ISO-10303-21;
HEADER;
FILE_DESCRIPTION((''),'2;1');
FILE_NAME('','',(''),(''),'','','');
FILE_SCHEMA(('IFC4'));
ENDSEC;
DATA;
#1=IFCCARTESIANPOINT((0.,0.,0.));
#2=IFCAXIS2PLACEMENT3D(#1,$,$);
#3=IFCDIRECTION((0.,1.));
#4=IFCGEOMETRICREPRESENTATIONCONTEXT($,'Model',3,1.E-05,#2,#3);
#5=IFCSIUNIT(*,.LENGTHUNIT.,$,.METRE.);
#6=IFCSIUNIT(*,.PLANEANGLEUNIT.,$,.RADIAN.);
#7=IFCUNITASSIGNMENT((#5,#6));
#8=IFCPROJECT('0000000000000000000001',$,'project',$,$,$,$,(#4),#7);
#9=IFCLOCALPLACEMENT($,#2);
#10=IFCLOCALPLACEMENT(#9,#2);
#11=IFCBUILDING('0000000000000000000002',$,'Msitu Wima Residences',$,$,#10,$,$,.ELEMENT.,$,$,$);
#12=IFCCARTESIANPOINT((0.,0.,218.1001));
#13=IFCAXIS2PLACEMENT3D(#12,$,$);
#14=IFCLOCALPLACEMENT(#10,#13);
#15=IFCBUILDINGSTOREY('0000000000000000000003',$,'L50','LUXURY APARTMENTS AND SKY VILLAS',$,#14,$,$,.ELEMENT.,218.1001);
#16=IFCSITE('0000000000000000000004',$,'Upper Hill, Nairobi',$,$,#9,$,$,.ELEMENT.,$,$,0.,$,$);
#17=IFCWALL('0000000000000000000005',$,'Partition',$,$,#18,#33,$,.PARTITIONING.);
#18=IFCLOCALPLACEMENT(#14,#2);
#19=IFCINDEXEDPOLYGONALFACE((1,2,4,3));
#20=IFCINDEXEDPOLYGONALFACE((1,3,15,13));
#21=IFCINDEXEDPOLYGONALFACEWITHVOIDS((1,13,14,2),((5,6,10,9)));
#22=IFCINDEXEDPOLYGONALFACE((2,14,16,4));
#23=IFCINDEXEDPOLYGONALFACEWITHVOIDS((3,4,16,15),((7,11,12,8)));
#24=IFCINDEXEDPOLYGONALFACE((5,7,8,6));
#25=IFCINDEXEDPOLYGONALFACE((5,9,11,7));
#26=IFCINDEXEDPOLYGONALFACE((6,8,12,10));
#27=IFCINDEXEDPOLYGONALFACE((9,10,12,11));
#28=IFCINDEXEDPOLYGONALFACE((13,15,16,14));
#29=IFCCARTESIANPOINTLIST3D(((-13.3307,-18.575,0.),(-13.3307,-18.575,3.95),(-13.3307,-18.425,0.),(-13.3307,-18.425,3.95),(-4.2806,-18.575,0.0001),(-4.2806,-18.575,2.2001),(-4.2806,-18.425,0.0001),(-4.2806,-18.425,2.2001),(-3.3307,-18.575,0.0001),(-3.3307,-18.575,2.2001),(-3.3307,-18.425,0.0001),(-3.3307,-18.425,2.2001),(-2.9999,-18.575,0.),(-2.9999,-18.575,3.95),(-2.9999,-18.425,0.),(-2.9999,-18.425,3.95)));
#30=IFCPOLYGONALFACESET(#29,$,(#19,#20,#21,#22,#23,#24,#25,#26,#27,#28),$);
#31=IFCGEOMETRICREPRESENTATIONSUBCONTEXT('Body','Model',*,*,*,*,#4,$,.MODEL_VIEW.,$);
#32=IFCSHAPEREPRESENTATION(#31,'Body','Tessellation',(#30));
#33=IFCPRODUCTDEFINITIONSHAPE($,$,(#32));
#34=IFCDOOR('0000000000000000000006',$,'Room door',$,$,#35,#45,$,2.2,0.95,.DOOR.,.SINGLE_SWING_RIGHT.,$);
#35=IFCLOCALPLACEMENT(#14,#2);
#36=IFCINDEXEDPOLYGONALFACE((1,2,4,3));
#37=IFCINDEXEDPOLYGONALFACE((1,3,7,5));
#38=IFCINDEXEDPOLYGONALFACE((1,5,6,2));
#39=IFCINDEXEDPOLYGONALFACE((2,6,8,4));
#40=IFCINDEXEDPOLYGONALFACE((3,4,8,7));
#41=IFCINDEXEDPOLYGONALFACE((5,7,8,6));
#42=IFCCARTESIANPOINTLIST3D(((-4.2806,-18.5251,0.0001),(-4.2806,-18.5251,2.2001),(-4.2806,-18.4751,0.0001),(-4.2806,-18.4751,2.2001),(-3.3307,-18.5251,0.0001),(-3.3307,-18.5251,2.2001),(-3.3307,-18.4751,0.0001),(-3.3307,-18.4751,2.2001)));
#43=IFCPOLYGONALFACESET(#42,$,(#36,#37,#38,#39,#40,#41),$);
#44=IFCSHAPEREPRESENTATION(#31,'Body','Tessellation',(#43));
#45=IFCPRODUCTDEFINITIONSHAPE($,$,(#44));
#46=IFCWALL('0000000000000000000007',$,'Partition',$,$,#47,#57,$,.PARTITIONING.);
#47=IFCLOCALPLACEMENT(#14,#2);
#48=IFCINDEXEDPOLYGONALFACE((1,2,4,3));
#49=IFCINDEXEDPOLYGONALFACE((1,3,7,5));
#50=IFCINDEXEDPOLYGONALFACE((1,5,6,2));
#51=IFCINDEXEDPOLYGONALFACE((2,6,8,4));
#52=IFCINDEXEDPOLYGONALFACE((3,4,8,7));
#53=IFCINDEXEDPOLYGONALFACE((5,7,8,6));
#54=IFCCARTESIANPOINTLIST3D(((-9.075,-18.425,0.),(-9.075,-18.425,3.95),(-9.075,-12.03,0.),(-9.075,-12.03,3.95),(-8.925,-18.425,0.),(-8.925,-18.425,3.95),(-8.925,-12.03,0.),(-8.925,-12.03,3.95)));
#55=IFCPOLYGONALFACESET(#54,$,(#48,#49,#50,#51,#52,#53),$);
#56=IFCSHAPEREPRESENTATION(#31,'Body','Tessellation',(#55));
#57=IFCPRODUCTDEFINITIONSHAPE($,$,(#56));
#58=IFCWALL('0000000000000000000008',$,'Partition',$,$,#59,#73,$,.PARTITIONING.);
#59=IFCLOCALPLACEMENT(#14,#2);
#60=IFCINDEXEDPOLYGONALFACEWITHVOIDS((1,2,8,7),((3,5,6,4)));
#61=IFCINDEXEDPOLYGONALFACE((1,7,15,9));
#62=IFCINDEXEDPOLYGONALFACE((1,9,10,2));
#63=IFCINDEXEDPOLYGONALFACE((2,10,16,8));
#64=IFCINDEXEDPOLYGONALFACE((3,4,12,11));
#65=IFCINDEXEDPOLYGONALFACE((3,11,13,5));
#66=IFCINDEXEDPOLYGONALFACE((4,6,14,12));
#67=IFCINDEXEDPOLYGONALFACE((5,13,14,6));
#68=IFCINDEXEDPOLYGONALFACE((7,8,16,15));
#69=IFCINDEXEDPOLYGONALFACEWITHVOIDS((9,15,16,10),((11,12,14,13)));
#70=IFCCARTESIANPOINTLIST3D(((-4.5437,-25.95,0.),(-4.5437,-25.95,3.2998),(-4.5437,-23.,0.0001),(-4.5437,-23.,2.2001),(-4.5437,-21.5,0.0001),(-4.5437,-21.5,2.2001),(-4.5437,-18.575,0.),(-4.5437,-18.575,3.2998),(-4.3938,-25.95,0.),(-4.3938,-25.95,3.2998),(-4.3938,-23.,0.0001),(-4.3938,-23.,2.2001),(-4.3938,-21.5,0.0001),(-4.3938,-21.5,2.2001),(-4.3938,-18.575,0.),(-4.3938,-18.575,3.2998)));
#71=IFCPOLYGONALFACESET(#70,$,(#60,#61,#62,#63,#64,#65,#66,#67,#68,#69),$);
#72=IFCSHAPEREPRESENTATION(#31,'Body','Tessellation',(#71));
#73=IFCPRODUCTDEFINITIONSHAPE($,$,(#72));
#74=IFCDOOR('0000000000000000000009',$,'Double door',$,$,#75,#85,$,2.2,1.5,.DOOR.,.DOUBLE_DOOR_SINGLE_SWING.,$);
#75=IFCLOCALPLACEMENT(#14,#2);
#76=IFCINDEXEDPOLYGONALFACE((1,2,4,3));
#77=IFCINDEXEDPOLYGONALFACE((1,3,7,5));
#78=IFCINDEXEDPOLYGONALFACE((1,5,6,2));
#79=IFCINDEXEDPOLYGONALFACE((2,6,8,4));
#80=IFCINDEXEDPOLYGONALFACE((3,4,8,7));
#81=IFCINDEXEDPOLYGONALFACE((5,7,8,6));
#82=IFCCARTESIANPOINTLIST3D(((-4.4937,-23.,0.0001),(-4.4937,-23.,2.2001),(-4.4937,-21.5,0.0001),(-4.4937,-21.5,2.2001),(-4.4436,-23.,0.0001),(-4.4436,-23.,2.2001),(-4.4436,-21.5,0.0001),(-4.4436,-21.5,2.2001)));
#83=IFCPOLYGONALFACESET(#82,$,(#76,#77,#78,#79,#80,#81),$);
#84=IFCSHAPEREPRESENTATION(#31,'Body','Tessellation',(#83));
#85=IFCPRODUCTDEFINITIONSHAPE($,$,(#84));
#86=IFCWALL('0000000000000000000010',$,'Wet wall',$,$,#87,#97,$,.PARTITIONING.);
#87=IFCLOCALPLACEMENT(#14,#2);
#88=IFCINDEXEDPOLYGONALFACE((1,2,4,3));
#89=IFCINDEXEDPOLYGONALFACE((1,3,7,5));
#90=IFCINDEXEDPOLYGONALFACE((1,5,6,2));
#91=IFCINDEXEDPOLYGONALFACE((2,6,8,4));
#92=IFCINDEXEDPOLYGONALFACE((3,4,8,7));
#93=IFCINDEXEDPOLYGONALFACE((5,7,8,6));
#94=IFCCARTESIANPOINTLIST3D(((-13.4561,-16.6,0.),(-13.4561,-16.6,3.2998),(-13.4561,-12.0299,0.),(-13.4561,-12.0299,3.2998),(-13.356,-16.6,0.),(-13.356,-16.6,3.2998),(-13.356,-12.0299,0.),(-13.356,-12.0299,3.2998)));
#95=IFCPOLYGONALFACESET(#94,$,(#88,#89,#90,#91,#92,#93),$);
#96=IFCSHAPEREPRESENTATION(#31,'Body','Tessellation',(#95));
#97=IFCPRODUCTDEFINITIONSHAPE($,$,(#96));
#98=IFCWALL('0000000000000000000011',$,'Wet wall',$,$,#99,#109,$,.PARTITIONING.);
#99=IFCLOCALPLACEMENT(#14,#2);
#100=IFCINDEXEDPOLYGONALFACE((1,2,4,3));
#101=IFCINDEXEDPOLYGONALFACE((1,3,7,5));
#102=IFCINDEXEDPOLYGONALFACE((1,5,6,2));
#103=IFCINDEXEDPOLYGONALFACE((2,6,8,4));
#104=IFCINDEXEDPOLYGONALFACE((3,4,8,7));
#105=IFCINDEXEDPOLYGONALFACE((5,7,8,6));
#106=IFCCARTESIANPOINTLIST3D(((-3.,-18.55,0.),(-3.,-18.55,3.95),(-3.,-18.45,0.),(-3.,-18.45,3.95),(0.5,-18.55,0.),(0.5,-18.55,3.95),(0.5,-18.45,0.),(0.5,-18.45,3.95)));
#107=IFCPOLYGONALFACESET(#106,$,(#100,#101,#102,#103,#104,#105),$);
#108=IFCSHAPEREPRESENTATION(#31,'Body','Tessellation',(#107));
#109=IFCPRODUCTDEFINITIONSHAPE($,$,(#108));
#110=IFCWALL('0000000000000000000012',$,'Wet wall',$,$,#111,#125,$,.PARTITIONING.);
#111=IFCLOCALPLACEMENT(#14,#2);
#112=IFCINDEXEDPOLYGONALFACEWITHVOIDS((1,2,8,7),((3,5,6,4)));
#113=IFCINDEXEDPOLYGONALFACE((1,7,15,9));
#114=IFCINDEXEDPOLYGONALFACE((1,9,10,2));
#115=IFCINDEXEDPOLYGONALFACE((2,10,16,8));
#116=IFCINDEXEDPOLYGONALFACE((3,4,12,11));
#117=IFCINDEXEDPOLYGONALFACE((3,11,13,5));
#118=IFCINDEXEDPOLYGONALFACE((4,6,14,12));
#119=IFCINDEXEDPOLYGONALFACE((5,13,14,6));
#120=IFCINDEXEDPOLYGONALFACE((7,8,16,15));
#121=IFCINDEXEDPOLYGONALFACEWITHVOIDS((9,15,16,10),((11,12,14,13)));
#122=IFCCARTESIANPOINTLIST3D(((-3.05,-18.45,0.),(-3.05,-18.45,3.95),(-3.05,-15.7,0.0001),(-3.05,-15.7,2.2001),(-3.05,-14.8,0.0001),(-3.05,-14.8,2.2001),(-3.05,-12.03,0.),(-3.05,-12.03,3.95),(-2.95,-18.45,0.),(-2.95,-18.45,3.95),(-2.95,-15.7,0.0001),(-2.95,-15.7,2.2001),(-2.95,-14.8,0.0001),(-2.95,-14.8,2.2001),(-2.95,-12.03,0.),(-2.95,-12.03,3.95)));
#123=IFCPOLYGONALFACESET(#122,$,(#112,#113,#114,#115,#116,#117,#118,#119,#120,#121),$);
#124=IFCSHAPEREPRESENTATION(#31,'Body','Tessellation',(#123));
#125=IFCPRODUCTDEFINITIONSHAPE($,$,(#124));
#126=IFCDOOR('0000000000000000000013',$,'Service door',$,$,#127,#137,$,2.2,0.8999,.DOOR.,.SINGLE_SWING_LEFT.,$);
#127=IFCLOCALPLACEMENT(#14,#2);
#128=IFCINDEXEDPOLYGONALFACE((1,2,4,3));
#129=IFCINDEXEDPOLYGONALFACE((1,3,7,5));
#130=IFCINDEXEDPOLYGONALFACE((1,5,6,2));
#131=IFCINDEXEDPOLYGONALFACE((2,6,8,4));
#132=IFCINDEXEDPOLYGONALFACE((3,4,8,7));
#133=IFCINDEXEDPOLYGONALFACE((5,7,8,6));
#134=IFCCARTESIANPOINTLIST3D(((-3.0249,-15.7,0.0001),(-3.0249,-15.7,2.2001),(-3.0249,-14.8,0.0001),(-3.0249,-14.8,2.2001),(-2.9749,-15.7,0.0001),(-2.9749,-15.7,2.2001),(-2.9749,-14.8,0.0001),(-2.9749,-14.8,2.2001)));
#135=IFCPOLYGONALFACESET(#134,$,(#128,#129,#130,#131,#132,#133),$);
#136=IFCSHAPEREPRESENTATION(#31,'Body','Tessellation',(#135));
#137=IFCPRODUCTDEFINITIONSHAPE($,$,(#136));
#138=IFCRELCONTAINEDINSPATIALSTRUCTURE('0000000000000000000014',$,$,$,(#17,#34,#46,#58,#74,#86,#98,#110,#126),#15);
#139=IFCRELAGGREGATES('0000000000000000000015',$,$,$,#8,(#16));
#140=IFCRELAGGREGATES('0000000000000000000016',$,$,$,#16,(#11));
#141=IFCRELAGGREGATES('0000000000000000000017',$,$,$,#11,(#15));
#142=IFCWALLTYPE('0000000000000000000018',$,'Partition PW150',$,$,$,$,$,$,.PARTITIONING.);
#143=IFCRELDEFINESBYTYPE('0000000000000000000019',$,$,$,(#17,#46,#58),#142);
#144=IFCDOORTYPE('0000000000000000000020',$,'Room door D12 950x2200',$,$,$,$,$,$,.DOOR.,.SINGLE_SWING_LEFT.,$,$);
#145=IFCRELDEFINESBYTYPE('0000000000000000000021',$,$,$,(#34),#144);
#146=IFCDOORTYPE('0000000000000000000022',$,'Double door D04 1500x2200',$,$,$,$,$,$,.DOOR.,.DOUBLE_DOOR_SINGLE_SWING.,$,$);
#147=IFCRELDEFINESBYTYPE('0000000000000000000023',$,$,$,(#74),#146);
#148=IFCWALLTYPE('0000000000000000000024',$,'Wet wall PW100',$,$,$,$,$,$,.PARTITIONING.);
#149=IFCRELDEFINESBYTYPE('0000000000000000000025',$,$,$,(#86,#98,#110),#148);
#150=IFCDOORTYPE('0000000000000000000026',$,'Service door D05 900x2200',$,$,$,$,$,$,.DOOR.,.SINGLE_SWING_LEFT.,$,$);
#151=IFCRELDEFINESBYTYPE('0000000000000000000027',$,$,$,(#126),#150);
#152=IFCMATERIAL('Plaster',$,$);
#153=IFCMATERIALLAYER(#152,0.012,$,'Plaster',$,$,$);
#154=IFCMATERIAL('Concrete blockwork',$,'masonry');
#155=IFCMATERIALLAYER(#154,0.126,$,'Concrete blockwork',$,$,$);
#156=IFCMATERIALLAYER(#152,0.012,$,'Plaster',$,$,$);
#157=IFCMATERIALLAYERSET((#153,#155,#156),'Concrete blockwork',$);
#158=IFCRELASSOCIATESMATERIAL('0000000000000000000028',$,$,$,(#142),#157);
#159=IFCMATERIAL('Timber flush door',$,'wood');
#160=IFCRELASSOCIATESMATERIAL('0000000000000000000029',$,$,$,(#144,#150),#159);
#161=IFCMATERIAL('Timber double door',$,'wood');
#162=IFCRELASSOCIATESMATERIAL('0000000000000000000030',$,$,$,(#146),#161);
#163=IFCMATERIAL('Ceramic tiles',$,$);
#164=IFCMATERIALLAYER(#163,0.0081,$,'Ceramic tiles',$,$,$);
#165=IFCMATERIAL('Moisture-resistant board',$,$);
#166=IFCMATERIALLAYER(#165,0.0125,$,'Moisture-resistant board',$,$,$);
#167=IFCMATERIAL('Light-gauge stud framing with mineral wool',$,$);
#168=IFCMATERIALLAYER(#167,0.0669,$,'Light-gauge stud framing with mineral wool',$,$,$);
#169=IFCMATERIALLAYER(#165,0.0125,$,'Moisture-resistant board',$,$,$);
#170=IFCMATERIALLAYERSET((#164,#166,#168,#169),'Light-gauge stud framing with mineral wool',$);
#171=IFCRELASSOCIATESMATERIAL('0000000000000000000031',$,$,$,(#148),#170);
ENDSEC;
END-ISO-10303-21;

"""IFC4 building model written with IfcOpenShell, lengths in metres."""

from ifc_helpers import new_model, si_unit, direction, frame, frame_2d, origin, place, context, subcontext, project, spatial, rectangle, extrude, material, layer, layer_set, type_object, element, fill, save


model = new_model("IFC4")

# Units and contexts
model_context = context("Model", 3, precision=1e-05, world=origin(), true_north=direction((0.0, 1.0)))
body_context = subcontext(model_context, "Body", "Model", "MODEL_VIEW")
ifc_project = project(units=[si_unit("LENGTHUNIT", "METRE"), si_unit("PLANEANGLEUNIT", "RADIAN")], contexts=[model_context])

# Site, building, storey
site_placement = place(None, origin())
site = spatial("IfcSite", under=ifc_project, at=site_placement, Name="Upper Hill, Nairobi", CompositionType="ELEMENT", RefElevation=0.0)
building_placement = place(site_placement, origin())
building = spatial("IfcBuilding", under=site, at=building_placement, Name="Msitu Wima Residences", CompositionType="ELEMENT")
storey_placement = place(building_placement, frame((0.0, 0.0, 218.1001)))
storey = spatial("IfcBuildingStorey", under=building, at=storey_placement, Name="L50", Description="LUXURY APARTMENTS AND SKY VILLAS", CompositionType="ELEMENT", Elevation=218.1001)

# Shared definitions
ifc_material_1 = material(Name="Plaster")
ifc_layer_1 = layer(ifc_material_1, 0.012, Name="Plaster")
ifc_material_2 = material(Name="Concrete blockwork", Category="masonry")
ifc_layer_2 = layer(ifc_material_2, 0.126, Name="Concrete blockwork")
ifc_layer_3 = layer(ifc_material_1, 0.012, Name="Plaster")
ifc_layer_set_1 = layer_set([ifc_layer_1, ifc_layer_2, ifc_layer_3], Name="Concrete blockwork")
wall_type_1 = type_object("IfcWallType", Name="Partition PW150", PredefinedType="PARTITIONING", material=ifc_layer_set_1)
ifc_material_3 = material(Name="Timber flush door", Category="wood")
door_type_1 = type_object("IfcDoorType", Name="Room door D12 950x2200", OperationType="SINGLE_SWING_LEFT", PredefinedType="DOOR", material=ifc_material_3)

# Wall, opening, door
wall_1_placement = place(storey_placement, frame((-13.3308, -18.5, 0.0), z_axis=(0.0, 0.0, 1.0), x_axis=(1.0, 0.0, 0.0)))
wall_1 = element("IfcWall", 1, at=wall_1_placement, inside=storey, type_object=wall_type_1, Name="Partition", PredefinedType="PARTITIONING", context=body_context, shape_type="SweptSolid", body=[
    extrude(rectangle(XDim=10.3308, YDim=0.1499, at=frame_2d((5.1655, 0.0))), origin(), (0.0, 0.0, 1.0), 3.95),
])
opening_1_placement = place(wall_1_placement, frame((9.05, 0.0, 0.0)))
opening_1 = element("IfcOpeningElement", 2, at=opening_1_placement, cuts=wall_1, PredefinedType="OPENING", context=body_context, shape_type="SweptSolid", body=[
    extrude(rectangle(XDim=0.95, YDim=2.2, at=frame_2d((0.4751, 1.1001))), frame((0.0, 0.085, 0.0), z_axis=(0.0, -1.0, 0.0), x_axis=(1.0, 0.0, 0.0)), (0.0, 0.0, 1.0), 0.1699),
])
door_1_placement = place(opening_1_placement, origin())
door_1 = element("IfcDoor", 3, at=door_1_placement, inside=storey, type_object=door_type_1, Name="Room door", OperationType="SINGLE_SWING_RIGHT", OverallHeight=2.2, OverallWidth=0.95, PredefinedType="DOOR", context=body_context, shape_type="SweptSolid", body=[
    extrude(rectangle(XDim=0.95, YDim=2.2, at=frame_2d((0.4751, 1.1001))), frame((0.0, 0.0249, 0.0), z_axis=(0.0, -1.0, 0.0), x_axis=(1.0, 0.0, 0.0)), (0.0, 0.0, 1.0), 0.05),
])
fill(opening_1, door_1)

# Wall
wall_2_placement = place(storey_placement, frame((-9.0, -18.425, 0.0), z_axis=(0.0, 0.0, 1.0), x_axis=(0.0, 1.0, 0.0)))
element("IfcWall", 4, at=wall_2_placement, inside=storey, type_object=wall_type_1, Name="Partition", PredefinedType="PARTITIONING", context=body_context, shape_type="SweptSolid", body=[
    extrude(rectangle(XDim=6.395, YDim=0.1499, at=frame_2d((3.1975, 0.0))), origin(), (0.0, 0.0, 1.0), 3.95),
])

# Wall, opening, door
wall_3_placement = place(storey_placement, frame((-4.4688, -25.95, 0.0), z_axis=(0.0, 0.0, 1.0), x_axis=(0.0, 1.0, 0.0)))
wall_3 = element("IfcWall", 5, at=wall_3_placement, inside=storey, type_object=wall_type_1, Name="Partition", PredefinedType="PARTITIONING", context=body_context, shape_type="SweptSolid", body=[
    extrude(rectangle(XDim=7.375, YDim=0.1499, at=frame_2d((3.6875, 0.0))), origin(), (0.0, 0.0, 1.0), 3.2998),
])
opening_2_placement = place(wall_3_placement, frame((2.95, 0.0, 0.0)))
opening_2 = element("IfcOpeningElement", 6, at=opening_2_placement, cuts=wall_3, PredefinedType="OPENING", context=body_context, shape_type="SweptSolid", body=[
    extrude(rectangle(XDim=1.5, YDim=2.2, at=frame_2d((0.75, 1.1001))), frame((0.0, 0.085, 0.0), z_axis=(0.0, -1.0, 0.0), x_axis=(1.0, 0.0, 0.0)), (0.0, 0.0, 1.0), 0.1699),
])
ifc_material_4 = material(Name="Timber double door", Category="wood")
door_type_2 = type_object("IfcDoorType", Name="Double door D04 1500x2200", OperationType="DOUBLE_DOOR_SINGLE_SWING", PredefinedType="DOOR", material=ifc_material_4)
door_2_placement = place(opening_2_placement, origin())
door_2 = element("IfcDoor", 7, at=door_2_placement, inside=storey, type_object=door_type_2, Name="Double door", OperationType="DOUBLE_DOOR_SINGLE_SWING", OverallHeight=2.2, OverallWidth=1.5, PredefinedType="DOOR", context=body_context, shape_type="SweptSolid", body=[
    extrude(rectangle(XDim=1.5, YDim=2.2, at=frame_2d((0.75, 1.1001))), frame((0.0, 0.0249, 0.0), z_axis=(0.0, -1.0, 0.0), x_axis=(1.0, 0.0, 0.0)), (0.0, 0.0, 1.0), 0.05),
])
fill(opening_2, door_2)

# Walls
ifc_material_5 = material(Name="Ceramic tiles")
ifc_layer_4 = layer(ifc_material_5, 0.0081, Name="Ceramic tiles")
ifc_material_6 = material(Name="Moisture-resistant board")
ifc_layer_5 = layer(ifc_material_6, 0.0125, Name="Moisture-resistant board")
ifc_material_7 = material(Name="Light-gauge stud framing with mineral wool")
ifc_layer_6 = layer(ifc_material_7, 0.0669, Name="Light-gauge stud framing with mineral wool")
ifc_layer_7 = layer(ifc_material_6, 0.0125, Name="Moisture-resistant board")
ifc_layer_set_2 = layer_set([ifc_layer_4, ifc_layer_5, ifc_layer_6, ifc_layer_7], Name="Light-gauge stud framing with mineral wool")
wall_type_2 = type_object("IfcWallType", Name="Wet wall PW100", PredefinedType="PARTITIONING", material=ifc_layer_set_2)
wall_4_placement = place(storey_placement, frame((-13.406, -16.6001, 0.0), z_axis=(0.0, 0.0, 1.0), x_axis=(0.0, 1.0, 0.0)))
element("IfcWall", 8, at=wall_4_placement, inside=storey, type_object=wall_type_2, Name="Wet wall", PredefinedType="PARTITIONING", context=body_context, shape_type="SweptSolid", body=[
    extrude(rectangle(XDim=4.5701, YDim=0.1001, at=frame_2d((2.2852, 0.0))), origin(), (0.0, 0.0, 1.0), 3.2998),
])
wall_5_placement = place(storey_placement, frame((-3.0, -18.5, 0.0), z_axis=(0.0, 0.0, 1.0), x_axis=(1.0, 0.0, 0.0)))
element("IfcWall", 9, at=wall_5_placement, inside=storey, type_object=wall_type_2, Name="Wet wall", PredefinedType="PARTITIONING", context=body_context, shape_type="SweptSolid", body=[
    extrude(rectangle(XDim=3.5, YDim=0.1001, at=frame_2d((1.75, 0.0))), origin(), (0.0, 0.0, 1.0), 3.95),
])

# Wall, opening, door
wall_6_placement = place(storey_placement, frame((-3.0, -18.45, 0.0), z_axis=(0.0, 0.0, 1.0), x_axis=(0.0, 1.0, 0.0)))
wall_6 = element("IfcWall", 10, at=wall_6_placement, inside=storey, type_object=wall_type_2, Name="Wet wall", PredefinedType="PARTITIONING", context=body_context, shape_type="SweptSolid", body=[
    extrude(rectangle(XDim=6.4199, YDim=0.1001, at=frame_2d((3.21, 0.0))), origin(), (0.0, 0.0, 1.0), 3.95),
])
opening_3_placement = place(wall_6_placement, frame((2.75, 0.0, 0.0)))
opening_3 = element("IfcOpeningElement", 11, at=opening_3_placement, cuts=wall_6, PredefinedType="OPENING", context=body_context, shape_type="SweptSolid", body=[
    extrude(rectangle(XDim=0.8999, YDim=2.2, at=frame_2d((0.45, 1.1001))), frame((0.0, 0.0601, 0.0), z_axis=(0.0, -1.0, 0.0), x_axis=(1.0, 0.0, 0.0)), (0.0, 0.0, 1.0), 0.1201),
])
door_type_3 = type_object("IfcDoorType", Name="Service door D05 900x2200", OperationType="SINGLE_SWING_LEFT", PredefinedType="DOOR", material=ifc_material_3)
door_3_placement = place(opening_3_placement, origin())
door_3 = element("IfcDoor", 12, at=door_3_placement, inside=storey, type_object=door_type_3, Name="Service door", OperationType="SINGLE_SWING_LEFT", OverallHeight=2.2, OverallWidth=0.8999, PredefinedType="DOOR", context=body_context, shape_type="SweptSolid", body=[
    extrude(rectangle(XDim=0.8999, YDim=2.2, at=frame_2d((0.45, 1.1001))), frame((0.0, 0.0249, 0.0), z_axis=(0.0, -1.0, 0.0), x_axis=(1.0, 0.0, 0.0)), (0.0, 0.0, 1.0), 0.05),
])
fill(opening_3, door_3)

save(model, "model.ifc")
